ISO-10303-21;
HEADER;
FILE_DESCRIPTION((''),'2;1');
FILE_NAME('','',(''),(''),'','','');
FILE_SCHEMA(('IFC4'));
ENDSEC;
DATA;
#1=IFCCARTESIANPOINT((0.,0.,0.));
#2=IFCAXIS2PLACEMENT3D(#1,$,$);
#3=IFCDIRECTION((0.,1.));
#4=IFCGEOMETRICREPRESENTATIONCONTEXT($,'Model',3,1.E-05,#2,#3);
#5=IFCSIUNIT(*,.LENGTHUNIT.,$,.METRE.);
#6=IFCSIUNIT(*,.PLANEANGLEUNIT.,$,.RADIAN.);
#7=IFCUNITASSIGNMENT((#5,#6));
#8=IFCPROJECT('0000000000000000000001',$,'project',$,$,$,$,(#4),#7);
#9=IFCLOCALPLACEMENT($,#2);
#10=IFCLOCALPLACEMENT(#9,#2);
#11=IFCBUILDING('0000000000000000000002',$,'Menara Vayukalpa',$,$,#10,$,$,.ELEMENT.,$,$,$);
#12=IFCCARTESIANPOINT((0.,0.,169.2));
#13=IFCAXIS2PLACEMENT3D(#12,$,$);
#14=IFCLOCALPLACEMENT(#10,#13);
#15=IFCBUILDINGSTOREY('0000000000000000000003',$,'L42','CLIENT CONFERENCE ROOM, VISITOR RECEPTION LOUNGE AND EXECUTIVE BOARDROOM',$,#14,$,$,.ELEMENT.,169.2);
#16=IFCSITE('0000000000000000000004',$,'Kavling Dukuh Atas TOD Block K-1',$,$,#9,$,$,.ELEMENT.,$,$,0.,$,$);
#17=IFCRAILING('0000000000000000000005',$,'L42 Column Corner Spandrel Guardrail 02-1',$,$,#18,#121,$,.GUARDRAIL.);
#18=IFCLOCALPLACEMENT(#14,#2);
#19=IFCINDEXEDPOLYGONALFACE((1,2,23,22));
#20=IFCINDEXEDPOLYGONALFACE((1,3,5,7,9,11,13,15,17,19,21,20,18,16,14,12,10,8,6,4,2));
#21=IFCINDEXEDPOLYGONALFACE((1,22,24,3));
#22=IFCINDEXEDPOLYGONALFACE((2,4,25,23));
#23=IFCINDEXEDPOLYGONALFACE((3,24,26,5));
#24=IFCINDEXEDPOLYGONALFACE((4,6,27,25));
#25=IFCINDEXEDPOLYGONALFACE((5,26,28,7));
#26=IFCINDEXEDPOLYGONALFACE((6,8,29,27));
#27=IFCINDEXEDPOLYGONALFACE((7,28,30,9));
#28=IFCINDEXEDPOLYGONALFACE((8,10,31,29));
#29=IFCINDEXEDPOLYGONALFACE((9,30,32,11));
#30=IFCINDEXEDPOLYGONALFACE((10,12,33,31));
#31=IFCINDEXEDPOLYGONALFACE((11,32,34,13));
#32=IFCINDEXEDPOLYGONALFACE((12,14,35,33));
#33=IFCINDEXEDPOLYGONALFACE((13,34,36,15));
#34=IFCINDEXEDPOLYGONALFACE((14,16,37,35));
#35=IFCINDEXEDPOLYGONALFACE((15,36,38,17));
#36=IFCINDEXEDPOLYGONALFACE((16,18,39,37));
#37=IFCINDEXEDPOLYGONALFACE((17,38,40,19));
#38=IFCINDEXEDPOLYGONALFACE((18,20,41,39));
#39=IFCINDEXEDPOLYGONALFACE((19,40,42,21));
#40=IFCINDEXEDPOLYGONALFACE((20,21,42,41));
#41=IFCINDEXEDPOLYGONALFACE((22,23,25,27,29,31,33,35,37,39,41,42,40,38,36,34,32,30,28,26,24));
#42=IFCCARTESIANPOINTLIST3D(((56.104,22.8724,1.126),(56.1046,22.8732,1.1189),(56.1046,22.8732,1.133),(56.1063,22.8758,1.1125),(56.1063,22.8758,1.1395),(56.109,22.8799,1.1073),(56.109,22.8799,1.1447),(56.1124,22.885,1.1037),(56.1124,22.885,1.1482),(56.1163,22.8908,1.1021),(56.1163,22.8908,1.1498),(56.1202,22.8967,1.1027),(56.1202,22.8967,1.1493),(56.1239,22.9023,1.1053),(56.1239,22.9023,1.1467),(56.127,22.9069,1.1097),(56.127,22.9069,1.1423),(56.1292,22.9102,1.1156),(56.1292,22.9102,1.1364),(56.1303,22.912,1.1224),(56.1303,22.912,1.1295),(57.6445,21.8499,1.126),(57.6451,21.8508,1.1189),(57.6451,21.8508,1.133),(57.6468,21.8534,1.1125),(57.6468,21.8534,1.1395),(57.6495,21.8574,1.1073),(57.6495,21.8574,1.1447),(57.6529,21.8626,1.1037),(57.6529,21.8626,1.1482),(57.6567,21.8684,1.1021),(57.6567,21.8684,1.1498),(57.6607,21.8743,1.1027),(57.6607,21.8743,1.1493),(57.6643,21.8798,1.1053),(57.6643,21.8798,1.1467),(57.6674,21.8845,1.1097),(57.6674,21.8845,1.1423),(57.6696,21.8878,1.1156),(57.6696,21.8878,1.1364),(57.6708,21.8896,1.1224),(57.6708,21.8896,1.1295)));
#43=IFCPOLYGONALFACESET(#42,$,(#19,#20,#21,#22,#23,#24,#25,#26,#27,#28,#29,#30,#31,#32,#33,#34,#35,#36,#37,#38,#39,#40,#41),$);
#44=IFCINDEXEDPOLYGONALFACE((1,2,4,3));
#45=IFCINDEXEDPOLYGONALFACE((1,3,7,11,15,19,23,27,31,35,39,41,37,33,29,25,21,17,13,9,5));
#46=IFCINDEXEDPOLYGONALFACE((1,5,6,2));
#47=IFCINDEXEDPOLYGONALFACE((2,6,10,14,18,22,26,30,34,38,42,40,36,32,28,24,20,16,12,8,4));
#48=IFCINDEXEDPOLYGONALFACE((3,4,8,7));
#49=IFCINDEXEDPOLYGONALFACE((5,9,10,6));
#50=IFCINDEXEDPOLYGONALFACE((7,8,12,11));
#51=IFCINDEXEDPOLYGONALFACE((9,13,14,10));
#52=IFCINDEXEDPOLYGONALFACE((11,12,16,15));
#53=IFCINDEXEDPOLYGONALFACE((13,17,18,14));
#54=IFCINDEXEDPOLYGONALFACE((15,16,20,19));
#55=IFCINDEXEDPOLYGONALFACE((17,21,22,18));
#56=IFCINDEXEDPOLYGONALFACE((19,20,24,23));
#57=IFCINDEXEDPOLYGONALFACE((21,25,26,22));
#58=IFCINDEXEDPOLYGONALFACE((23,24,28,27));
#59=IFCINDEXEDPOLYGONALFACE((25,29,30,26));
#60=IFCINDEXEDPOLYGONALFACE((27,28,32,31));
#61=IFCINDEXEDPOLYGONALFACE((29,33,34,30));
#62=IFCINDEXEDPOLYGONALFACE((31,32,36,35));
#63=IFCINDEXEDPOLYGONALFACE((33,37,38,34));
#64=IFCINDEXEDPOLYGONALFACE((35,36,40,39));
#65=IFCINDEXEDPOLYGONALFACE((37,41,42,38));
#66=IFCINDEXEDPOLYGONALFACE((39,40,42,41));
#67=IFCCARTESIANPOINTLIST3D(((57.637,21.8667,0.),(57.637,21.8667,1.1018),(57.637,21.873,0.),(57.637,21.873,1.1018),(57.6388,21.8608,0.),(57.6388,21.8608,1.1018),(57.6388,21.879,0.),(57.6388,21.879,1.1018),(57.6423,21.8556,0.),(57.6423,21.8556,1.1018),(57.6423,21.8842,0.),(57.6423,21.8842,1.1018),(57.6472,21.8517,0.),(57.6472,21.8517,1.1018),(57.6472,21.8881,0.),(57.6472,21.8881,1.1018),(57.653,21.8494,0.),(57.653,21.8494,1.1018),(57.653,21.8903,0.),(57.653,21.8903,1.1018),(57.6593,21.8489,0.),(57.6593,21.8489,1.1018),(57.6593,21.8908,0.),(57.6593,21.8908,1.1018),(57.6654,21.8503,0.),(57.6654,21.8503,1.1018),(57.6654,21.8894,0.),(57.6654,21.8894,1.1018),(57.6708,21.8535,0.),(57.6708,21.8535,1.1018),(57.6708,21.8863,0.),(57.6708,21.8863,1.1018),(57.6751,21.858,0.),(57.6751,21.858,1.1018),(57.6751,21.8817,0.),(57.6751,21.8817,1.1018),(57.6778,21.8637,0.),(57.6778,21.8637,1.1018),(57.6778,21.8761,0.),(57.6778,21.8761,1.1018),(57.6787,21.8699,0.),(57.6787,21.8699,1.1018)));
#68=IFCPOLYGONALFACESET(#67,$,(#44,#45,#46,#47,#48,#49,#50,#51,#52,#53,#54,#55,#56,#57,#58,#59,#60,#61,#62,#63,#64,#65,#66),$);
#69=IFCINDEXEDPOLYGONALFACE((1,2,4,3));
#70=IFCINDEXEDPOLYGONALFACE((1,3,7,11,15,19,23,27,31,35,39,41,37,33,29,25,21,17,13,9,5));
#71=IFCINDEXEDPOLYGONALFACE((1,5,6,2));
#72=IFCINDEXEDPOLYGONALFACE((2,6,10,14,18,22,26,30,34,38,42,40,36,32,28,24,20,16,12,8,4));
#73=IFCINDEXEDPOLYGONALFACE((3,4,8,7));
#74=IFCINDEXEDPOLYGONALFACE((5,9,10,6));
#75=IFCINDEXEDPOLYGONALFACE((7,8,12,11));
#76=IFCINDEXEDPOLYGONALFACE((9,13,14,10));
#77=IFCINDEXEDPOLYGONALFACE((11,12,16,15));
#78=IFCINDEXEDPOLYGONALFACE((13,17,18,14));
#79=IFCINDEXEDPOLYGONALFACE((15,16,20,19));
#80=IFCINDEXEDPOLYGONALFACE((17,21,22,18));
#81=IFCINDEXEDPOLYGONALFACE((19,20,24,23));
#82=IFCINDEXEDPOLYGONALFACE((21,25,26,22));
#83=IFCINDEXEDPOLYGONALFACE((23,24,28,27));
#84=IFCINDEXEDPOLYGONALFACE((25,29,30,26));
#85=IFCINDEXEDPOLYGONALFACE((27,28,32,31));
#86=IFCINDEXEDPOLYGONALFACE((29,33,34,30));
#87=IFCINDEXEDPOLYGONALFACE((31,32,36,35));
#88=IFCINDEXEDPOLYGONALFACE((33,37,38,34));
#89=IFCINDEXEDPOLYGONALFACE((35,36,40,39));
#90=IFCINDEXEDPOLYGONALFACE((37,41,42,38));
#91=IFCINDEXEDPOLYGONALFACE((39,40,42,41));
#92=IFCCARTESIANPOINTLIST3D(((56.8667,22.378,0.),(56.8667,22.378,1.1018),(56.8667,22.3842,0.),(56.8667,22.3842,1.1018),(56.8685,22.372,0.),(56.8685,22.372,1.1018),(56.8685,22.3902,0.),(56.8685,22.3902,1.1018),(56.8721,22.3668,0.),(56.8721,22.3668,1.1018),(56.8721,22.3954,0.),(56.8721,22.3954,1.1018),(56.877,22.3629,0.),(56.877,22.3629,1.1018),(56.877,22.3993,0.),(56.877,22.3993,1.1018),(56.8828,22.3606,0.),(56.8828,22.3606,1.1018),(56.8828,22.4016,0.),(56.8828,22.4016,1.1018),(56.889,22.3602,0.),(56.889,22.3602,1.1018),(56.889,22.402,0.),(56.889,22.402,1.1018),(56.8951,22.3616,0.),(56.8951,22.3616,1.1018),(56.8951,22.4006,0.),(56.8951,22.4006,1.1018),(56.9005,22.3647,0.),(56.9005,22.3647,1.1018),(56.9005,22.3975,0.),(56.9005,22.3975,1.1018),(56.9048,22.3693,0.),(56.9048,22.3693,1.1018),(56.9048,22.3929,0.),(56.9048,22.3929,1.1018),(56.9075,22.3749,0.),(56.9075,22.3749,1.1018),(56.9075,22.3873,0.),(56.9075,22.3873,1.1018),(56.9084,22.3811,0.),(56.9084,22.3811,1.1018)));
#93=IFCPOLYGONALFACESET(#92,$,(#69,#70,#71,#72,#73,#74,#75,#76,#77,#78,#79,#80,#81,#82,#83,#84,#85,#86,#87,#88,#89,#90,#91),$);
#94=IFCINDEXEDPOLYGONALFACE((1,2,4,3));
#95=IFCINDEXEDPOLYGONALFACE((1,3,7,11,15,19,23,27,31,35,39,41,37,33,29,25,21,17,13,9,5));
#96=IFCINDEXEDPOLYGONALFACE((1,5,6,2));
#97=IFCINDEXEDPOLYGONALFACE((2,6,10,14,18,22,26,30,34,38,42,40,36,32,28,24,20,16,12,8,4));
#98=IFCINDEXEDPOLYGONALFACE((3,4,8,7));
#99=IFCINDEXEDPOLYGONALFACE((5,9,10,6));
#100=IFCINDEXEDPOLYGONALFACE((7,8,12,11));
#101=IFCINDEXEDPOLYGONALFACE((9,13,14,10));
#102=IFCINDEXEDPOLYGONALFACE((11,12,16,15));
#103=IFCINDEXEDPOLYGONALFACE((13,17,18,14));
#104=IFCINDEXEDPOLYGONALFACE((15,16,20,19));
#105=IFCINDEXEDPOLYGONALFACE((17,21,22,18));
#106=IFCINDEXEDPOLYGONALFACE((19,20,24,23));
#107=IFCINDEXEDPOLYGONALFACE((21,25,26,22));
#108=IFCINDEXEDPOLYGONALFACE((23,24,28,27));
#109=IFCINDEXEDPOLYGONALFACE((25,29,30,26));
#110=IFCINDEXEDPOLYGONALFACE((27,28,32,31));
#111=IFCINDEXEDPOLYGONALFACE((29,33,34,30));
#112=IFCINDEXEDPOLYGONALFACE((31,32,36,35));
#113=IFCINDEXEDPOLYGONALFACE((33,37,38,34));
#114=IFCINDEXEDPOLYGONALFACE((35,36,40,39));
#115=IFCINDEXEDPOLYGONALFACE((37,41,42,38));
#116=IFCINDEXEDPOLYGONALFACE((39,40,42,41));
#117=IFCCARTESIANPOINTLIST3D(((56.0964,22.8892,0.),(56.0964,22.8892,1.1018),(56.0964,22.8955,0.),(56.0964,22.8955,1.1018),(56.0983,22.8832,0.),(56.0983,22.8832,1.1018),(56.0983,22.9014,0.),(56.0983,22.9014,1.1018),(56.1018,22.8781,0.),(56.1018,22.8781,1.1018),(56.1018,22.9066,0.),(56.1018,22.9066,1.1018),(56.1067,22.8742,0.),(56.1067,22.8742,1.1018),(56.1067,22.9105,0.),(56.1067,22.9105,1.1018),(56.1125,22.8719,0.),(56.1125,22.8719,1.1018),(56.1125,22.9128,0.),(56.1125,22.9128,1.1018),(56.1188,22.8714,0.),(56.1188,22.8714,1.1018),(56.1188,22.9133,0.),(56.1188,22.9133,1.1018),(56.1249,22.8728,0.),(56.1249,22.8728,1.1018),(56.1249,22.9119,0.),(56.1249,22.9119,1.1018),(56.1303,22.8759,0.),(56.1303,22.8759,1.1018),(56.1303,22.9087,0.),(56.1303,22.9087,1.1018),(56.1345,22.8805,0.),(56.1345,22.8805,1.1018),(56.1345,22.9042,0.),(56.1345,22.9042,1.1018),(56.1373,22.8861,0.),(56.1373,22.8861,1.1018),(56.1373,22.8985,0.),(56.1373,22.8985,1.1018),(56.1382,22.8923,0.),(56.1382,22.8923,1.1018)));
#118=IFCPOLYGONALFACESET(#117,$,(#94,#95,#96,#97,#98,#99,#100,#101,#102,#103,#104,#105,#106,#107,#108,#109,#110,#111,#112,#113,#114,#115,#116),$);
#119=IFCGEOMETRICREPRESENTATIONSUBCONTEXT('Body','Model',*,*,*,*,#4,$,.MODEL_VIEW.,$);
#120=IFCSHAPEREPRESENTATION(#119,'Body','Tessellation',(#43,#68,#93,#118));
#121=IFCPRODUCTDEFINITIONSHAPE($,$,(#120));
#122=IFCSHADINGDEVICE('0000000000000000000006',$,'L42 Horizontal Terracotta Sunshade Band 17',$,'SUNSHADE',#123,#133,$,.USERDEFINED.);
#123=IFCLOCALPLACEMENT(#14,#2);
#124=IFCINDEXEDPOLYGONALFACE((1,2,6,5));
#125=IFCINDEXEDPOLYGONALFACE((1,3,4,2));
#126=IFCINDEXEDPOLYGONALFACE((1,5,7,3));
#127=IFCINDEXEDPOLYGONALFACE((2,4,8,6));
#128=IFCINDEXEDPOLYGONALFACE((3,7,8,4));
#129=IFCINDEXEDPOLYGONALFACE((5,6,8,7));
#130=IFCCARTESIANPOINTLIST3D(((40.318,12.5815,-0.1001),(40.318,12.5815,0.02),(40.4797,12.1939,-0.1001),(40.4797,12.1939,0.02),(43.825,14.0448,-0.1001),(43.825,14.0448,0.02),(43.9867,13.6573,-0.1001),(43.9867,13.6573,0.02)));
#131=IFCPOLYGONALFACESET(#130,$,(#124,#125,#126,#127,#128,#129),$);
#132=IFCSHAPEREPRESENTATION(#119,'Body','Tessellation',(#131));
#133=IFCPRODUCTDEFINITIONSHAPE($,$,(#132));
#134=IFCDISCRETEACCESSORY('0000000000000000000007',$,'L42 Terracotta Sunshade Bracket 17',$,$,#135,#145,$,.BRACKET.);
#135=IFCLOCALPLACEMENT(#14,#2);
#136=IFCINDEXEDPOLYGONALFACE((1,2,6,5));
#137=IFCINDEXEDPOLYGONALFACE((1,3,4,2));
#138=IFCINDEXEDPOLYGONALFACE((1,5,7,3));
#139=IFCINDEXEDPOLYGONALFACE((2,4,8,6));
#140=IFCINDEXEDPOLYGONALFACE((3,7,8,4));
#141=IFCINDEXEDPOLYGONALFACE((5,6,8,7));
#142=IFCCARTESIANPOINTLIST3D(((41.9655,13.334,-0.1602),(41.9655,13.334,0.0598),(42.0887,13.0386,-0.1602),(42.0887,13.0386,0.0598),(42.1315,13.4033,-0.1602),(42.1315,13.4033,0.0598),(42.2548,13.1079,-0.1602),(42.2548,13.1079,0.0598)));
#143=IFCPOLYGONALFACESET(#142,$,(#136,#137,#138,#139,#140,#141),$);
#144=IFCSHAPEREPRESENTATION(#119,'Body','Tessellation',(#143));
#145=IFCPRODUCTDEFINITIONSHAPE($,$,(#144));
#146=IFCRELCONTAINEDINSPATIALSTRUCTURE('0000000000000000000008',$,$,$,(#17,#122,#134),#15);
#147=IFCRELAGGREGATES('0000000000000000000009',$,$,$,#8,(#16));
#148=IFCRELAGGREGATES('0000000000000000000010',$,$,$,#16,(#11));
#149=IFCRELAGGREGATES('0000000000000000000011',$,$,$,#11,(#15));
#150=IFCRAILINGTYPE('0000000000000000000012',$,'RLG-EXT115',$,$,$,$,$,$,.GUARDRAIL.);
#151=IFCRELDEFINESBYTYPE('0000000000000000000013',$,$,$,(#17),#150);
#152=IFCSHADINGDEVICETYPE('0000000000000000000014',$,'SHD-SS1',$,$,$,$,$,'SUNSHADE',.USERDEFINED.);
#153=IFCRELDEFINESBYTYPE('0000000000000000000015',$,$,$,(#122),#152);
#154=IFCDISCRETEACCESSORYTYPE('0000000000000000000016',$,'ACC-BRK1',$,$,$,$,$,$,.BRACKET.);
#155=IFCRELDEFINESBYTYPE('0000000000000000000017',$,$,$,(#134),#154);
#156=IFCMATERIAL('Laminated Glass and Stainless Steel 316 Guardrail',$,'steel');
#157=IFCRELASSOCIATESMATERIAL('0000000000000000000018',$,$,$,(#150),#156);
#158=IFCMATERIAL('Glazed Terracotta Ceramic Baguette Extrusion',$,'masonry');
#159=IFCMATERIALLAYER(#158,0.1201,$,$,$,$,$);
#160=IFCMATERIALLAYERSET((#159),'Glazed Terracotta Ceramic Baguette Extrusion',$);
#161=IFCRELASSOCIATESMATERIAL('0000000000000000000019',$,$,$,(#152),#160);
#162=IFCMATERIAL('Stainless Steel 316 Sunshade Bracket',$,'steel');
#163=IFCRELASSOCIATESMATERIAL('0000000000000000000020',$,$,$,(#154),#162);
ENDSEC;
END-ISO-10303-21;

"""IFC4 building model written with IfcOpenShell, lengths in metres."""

from ifc_helpers import new_model, si_unit, direction, frame, origin, origin_2d, place, context, subcontext, project, spatial, rectangle, circle, extrude, material, layer, layer_set, type_object, element, save


model = new_model("IFC4")

# Units and contexts
model_context = context("Model", 3, precision=1e-05, world=origin(), true_north=direction((0.0, 1.0)))
body_context = subcontext(model_context, "Body", "Model", "MODEL_VIEW")
ifc_project = project(units=[si_unit("LENGTHUNIT", "METRE"), si_unit("PLANEANGLEUNIT", "RADIAN")], contexts=[model_context])

# Site, building, storey
site_placement = place(None, origin())
site = spatial("IfcSite", under=ifc_project, at=site_placement, Name="Kavling Dukuh Atas TOD Block K-1", CompositionType="ELEMENT", RefElevation=0.0)
building_placement = place(site_placement, origin())
building = spatial("IfcBuilding", under=site, at=building_placement, Name="Menara Vayukalpa", CompositionType="ELEMENT")
storey_placement = place(building_placement, frame((0.0, 0.0, 169.2)))
storey = spatial("IfcBuildingStorey", under=building, at=storey_placement, Name="L42", Description="CLIENT CONFERENCE ROOM, VISITOR RECEPTION LOUNGE AND EXECUTIVE BOARDROOM", CompositionType="ELEMENT", Elevation=169.2)

# Railing
ifc_material_1 = material(Name="Laminated Glass and Stainless Steel 316 Guardrail", Category="steel")
railing_type = type_object("IfcRailingType", Name="RLG-EXT115", PredefinedType="GUARDRAIL", material=ifc_material_1)
railing_1_placement = place(storey_placement, frame((57.6577, 21.8699, 0.0)))
element("IfcRailing", 1, at=railing_1_placement, inside=storey, type_object=railing_type, Name="L42 Column Corner Spandrel Guardrail 02-1", PredefinedType="GUARDRAIL", context=body_context, shape_type="SweptSolid", body=[
    extrude(circle(Radius=0.0239, at=origin_2d()), frame((0.0, 0.0, 1.126), z_axis=(-0.833186, 0.552993, 0.0), x_axis=(-0.552993, -0.833186, 0.0)), (0.0, 0.0, 1.0), 1.8489),
    extrude(circle(Radius=0.021, at=origin_2d()), origin(), (0.0, 0.0, 1.0), 1.1018),
    extrude(circle(Radius=0.021, at=origin_2d()), frame((-0.7703, 0.5112, 0.0)), (0.0, 0.0, 1.0), 1.1018),
    extrude(circle(Radius=0.021, at=origin_2d()), frame((-1.5405, 1.0225, 0.0)), (0.0, 0.0, 1.0), 1.1018),
])

# Shading device
ifc_material_2 = material(Name="Glazed Terracotta Ceramic Baguette Extrusion", Category="masonry")
ifc_layer_1 = layer(ifc_material_2, 0.1201)
ifc_layer_set_1 = layer_set([ifc_layer_1], Name="Glazed Terracotta Ceramic Baguette Extrusion")
shading_device_type = type_object("IfcShadingDeviceType", Name="SHD-SS1", ElementType="SUNSHADE", PredefinedType="USERDEFINED", material=ifc_layer_set_1)
shading_device_placement = place(storey_placement, frame((42.1523, 13.1194, -0.1001), z_axis=(0.0, 0.0, 1.0), x_axis=(0.922881, 0.385085, 0.0)))
element("IfcShadingDevice", 2, at=shading_device_placement, inside=storey, type_object=shading_device_type, Name="L42 Horizontal Terracotta Sunshade Band 17", ObjectType="SUNSHADE", PredefinedType="USERDEFINED", context=body_context, shape_type="SweptSolid", body=[
    extrude(rectangle(XDim=3.8, YDim=0.4199, at=origin_2d()), origin(), (0.0, 0.0, 1.0), 0.1201),
])

# Discrete accessory
ifc_material_3 = material(Name="Stainless Steel 316 Sunshade Bracket", Category="steel")
discrete_accessory_type = type_object("IfcDiscreteAccessoryType", Name="ACC-BRK1", PredefinedType="BRACKET", material=ifc_material_3)
discrete_accessory_placement = place(storey_placement, frame((42.1101, 13.2209, -0.1602), z_axis=(0.0, 0.0, 1.0), x_axis=(0.922881, 0.385085, 0.0)))
element("IfcDiscreteAccessory", 3, at=discrete_accessory_placement, inside=storey, type_object=discrete_accessory_type, Name="L42 Terracotta Sunshade Bracket 17", PredefinedType="BRACKET", context=body_context, shape_type="SweptSolid", body=[
    extrude(rectangle(XDim=0.1799, YDim=0.3201, at=origin_2d()), origin(), (0.0, 0.0, 1.0), 0.22),
])

save(model, "model.ifc")
